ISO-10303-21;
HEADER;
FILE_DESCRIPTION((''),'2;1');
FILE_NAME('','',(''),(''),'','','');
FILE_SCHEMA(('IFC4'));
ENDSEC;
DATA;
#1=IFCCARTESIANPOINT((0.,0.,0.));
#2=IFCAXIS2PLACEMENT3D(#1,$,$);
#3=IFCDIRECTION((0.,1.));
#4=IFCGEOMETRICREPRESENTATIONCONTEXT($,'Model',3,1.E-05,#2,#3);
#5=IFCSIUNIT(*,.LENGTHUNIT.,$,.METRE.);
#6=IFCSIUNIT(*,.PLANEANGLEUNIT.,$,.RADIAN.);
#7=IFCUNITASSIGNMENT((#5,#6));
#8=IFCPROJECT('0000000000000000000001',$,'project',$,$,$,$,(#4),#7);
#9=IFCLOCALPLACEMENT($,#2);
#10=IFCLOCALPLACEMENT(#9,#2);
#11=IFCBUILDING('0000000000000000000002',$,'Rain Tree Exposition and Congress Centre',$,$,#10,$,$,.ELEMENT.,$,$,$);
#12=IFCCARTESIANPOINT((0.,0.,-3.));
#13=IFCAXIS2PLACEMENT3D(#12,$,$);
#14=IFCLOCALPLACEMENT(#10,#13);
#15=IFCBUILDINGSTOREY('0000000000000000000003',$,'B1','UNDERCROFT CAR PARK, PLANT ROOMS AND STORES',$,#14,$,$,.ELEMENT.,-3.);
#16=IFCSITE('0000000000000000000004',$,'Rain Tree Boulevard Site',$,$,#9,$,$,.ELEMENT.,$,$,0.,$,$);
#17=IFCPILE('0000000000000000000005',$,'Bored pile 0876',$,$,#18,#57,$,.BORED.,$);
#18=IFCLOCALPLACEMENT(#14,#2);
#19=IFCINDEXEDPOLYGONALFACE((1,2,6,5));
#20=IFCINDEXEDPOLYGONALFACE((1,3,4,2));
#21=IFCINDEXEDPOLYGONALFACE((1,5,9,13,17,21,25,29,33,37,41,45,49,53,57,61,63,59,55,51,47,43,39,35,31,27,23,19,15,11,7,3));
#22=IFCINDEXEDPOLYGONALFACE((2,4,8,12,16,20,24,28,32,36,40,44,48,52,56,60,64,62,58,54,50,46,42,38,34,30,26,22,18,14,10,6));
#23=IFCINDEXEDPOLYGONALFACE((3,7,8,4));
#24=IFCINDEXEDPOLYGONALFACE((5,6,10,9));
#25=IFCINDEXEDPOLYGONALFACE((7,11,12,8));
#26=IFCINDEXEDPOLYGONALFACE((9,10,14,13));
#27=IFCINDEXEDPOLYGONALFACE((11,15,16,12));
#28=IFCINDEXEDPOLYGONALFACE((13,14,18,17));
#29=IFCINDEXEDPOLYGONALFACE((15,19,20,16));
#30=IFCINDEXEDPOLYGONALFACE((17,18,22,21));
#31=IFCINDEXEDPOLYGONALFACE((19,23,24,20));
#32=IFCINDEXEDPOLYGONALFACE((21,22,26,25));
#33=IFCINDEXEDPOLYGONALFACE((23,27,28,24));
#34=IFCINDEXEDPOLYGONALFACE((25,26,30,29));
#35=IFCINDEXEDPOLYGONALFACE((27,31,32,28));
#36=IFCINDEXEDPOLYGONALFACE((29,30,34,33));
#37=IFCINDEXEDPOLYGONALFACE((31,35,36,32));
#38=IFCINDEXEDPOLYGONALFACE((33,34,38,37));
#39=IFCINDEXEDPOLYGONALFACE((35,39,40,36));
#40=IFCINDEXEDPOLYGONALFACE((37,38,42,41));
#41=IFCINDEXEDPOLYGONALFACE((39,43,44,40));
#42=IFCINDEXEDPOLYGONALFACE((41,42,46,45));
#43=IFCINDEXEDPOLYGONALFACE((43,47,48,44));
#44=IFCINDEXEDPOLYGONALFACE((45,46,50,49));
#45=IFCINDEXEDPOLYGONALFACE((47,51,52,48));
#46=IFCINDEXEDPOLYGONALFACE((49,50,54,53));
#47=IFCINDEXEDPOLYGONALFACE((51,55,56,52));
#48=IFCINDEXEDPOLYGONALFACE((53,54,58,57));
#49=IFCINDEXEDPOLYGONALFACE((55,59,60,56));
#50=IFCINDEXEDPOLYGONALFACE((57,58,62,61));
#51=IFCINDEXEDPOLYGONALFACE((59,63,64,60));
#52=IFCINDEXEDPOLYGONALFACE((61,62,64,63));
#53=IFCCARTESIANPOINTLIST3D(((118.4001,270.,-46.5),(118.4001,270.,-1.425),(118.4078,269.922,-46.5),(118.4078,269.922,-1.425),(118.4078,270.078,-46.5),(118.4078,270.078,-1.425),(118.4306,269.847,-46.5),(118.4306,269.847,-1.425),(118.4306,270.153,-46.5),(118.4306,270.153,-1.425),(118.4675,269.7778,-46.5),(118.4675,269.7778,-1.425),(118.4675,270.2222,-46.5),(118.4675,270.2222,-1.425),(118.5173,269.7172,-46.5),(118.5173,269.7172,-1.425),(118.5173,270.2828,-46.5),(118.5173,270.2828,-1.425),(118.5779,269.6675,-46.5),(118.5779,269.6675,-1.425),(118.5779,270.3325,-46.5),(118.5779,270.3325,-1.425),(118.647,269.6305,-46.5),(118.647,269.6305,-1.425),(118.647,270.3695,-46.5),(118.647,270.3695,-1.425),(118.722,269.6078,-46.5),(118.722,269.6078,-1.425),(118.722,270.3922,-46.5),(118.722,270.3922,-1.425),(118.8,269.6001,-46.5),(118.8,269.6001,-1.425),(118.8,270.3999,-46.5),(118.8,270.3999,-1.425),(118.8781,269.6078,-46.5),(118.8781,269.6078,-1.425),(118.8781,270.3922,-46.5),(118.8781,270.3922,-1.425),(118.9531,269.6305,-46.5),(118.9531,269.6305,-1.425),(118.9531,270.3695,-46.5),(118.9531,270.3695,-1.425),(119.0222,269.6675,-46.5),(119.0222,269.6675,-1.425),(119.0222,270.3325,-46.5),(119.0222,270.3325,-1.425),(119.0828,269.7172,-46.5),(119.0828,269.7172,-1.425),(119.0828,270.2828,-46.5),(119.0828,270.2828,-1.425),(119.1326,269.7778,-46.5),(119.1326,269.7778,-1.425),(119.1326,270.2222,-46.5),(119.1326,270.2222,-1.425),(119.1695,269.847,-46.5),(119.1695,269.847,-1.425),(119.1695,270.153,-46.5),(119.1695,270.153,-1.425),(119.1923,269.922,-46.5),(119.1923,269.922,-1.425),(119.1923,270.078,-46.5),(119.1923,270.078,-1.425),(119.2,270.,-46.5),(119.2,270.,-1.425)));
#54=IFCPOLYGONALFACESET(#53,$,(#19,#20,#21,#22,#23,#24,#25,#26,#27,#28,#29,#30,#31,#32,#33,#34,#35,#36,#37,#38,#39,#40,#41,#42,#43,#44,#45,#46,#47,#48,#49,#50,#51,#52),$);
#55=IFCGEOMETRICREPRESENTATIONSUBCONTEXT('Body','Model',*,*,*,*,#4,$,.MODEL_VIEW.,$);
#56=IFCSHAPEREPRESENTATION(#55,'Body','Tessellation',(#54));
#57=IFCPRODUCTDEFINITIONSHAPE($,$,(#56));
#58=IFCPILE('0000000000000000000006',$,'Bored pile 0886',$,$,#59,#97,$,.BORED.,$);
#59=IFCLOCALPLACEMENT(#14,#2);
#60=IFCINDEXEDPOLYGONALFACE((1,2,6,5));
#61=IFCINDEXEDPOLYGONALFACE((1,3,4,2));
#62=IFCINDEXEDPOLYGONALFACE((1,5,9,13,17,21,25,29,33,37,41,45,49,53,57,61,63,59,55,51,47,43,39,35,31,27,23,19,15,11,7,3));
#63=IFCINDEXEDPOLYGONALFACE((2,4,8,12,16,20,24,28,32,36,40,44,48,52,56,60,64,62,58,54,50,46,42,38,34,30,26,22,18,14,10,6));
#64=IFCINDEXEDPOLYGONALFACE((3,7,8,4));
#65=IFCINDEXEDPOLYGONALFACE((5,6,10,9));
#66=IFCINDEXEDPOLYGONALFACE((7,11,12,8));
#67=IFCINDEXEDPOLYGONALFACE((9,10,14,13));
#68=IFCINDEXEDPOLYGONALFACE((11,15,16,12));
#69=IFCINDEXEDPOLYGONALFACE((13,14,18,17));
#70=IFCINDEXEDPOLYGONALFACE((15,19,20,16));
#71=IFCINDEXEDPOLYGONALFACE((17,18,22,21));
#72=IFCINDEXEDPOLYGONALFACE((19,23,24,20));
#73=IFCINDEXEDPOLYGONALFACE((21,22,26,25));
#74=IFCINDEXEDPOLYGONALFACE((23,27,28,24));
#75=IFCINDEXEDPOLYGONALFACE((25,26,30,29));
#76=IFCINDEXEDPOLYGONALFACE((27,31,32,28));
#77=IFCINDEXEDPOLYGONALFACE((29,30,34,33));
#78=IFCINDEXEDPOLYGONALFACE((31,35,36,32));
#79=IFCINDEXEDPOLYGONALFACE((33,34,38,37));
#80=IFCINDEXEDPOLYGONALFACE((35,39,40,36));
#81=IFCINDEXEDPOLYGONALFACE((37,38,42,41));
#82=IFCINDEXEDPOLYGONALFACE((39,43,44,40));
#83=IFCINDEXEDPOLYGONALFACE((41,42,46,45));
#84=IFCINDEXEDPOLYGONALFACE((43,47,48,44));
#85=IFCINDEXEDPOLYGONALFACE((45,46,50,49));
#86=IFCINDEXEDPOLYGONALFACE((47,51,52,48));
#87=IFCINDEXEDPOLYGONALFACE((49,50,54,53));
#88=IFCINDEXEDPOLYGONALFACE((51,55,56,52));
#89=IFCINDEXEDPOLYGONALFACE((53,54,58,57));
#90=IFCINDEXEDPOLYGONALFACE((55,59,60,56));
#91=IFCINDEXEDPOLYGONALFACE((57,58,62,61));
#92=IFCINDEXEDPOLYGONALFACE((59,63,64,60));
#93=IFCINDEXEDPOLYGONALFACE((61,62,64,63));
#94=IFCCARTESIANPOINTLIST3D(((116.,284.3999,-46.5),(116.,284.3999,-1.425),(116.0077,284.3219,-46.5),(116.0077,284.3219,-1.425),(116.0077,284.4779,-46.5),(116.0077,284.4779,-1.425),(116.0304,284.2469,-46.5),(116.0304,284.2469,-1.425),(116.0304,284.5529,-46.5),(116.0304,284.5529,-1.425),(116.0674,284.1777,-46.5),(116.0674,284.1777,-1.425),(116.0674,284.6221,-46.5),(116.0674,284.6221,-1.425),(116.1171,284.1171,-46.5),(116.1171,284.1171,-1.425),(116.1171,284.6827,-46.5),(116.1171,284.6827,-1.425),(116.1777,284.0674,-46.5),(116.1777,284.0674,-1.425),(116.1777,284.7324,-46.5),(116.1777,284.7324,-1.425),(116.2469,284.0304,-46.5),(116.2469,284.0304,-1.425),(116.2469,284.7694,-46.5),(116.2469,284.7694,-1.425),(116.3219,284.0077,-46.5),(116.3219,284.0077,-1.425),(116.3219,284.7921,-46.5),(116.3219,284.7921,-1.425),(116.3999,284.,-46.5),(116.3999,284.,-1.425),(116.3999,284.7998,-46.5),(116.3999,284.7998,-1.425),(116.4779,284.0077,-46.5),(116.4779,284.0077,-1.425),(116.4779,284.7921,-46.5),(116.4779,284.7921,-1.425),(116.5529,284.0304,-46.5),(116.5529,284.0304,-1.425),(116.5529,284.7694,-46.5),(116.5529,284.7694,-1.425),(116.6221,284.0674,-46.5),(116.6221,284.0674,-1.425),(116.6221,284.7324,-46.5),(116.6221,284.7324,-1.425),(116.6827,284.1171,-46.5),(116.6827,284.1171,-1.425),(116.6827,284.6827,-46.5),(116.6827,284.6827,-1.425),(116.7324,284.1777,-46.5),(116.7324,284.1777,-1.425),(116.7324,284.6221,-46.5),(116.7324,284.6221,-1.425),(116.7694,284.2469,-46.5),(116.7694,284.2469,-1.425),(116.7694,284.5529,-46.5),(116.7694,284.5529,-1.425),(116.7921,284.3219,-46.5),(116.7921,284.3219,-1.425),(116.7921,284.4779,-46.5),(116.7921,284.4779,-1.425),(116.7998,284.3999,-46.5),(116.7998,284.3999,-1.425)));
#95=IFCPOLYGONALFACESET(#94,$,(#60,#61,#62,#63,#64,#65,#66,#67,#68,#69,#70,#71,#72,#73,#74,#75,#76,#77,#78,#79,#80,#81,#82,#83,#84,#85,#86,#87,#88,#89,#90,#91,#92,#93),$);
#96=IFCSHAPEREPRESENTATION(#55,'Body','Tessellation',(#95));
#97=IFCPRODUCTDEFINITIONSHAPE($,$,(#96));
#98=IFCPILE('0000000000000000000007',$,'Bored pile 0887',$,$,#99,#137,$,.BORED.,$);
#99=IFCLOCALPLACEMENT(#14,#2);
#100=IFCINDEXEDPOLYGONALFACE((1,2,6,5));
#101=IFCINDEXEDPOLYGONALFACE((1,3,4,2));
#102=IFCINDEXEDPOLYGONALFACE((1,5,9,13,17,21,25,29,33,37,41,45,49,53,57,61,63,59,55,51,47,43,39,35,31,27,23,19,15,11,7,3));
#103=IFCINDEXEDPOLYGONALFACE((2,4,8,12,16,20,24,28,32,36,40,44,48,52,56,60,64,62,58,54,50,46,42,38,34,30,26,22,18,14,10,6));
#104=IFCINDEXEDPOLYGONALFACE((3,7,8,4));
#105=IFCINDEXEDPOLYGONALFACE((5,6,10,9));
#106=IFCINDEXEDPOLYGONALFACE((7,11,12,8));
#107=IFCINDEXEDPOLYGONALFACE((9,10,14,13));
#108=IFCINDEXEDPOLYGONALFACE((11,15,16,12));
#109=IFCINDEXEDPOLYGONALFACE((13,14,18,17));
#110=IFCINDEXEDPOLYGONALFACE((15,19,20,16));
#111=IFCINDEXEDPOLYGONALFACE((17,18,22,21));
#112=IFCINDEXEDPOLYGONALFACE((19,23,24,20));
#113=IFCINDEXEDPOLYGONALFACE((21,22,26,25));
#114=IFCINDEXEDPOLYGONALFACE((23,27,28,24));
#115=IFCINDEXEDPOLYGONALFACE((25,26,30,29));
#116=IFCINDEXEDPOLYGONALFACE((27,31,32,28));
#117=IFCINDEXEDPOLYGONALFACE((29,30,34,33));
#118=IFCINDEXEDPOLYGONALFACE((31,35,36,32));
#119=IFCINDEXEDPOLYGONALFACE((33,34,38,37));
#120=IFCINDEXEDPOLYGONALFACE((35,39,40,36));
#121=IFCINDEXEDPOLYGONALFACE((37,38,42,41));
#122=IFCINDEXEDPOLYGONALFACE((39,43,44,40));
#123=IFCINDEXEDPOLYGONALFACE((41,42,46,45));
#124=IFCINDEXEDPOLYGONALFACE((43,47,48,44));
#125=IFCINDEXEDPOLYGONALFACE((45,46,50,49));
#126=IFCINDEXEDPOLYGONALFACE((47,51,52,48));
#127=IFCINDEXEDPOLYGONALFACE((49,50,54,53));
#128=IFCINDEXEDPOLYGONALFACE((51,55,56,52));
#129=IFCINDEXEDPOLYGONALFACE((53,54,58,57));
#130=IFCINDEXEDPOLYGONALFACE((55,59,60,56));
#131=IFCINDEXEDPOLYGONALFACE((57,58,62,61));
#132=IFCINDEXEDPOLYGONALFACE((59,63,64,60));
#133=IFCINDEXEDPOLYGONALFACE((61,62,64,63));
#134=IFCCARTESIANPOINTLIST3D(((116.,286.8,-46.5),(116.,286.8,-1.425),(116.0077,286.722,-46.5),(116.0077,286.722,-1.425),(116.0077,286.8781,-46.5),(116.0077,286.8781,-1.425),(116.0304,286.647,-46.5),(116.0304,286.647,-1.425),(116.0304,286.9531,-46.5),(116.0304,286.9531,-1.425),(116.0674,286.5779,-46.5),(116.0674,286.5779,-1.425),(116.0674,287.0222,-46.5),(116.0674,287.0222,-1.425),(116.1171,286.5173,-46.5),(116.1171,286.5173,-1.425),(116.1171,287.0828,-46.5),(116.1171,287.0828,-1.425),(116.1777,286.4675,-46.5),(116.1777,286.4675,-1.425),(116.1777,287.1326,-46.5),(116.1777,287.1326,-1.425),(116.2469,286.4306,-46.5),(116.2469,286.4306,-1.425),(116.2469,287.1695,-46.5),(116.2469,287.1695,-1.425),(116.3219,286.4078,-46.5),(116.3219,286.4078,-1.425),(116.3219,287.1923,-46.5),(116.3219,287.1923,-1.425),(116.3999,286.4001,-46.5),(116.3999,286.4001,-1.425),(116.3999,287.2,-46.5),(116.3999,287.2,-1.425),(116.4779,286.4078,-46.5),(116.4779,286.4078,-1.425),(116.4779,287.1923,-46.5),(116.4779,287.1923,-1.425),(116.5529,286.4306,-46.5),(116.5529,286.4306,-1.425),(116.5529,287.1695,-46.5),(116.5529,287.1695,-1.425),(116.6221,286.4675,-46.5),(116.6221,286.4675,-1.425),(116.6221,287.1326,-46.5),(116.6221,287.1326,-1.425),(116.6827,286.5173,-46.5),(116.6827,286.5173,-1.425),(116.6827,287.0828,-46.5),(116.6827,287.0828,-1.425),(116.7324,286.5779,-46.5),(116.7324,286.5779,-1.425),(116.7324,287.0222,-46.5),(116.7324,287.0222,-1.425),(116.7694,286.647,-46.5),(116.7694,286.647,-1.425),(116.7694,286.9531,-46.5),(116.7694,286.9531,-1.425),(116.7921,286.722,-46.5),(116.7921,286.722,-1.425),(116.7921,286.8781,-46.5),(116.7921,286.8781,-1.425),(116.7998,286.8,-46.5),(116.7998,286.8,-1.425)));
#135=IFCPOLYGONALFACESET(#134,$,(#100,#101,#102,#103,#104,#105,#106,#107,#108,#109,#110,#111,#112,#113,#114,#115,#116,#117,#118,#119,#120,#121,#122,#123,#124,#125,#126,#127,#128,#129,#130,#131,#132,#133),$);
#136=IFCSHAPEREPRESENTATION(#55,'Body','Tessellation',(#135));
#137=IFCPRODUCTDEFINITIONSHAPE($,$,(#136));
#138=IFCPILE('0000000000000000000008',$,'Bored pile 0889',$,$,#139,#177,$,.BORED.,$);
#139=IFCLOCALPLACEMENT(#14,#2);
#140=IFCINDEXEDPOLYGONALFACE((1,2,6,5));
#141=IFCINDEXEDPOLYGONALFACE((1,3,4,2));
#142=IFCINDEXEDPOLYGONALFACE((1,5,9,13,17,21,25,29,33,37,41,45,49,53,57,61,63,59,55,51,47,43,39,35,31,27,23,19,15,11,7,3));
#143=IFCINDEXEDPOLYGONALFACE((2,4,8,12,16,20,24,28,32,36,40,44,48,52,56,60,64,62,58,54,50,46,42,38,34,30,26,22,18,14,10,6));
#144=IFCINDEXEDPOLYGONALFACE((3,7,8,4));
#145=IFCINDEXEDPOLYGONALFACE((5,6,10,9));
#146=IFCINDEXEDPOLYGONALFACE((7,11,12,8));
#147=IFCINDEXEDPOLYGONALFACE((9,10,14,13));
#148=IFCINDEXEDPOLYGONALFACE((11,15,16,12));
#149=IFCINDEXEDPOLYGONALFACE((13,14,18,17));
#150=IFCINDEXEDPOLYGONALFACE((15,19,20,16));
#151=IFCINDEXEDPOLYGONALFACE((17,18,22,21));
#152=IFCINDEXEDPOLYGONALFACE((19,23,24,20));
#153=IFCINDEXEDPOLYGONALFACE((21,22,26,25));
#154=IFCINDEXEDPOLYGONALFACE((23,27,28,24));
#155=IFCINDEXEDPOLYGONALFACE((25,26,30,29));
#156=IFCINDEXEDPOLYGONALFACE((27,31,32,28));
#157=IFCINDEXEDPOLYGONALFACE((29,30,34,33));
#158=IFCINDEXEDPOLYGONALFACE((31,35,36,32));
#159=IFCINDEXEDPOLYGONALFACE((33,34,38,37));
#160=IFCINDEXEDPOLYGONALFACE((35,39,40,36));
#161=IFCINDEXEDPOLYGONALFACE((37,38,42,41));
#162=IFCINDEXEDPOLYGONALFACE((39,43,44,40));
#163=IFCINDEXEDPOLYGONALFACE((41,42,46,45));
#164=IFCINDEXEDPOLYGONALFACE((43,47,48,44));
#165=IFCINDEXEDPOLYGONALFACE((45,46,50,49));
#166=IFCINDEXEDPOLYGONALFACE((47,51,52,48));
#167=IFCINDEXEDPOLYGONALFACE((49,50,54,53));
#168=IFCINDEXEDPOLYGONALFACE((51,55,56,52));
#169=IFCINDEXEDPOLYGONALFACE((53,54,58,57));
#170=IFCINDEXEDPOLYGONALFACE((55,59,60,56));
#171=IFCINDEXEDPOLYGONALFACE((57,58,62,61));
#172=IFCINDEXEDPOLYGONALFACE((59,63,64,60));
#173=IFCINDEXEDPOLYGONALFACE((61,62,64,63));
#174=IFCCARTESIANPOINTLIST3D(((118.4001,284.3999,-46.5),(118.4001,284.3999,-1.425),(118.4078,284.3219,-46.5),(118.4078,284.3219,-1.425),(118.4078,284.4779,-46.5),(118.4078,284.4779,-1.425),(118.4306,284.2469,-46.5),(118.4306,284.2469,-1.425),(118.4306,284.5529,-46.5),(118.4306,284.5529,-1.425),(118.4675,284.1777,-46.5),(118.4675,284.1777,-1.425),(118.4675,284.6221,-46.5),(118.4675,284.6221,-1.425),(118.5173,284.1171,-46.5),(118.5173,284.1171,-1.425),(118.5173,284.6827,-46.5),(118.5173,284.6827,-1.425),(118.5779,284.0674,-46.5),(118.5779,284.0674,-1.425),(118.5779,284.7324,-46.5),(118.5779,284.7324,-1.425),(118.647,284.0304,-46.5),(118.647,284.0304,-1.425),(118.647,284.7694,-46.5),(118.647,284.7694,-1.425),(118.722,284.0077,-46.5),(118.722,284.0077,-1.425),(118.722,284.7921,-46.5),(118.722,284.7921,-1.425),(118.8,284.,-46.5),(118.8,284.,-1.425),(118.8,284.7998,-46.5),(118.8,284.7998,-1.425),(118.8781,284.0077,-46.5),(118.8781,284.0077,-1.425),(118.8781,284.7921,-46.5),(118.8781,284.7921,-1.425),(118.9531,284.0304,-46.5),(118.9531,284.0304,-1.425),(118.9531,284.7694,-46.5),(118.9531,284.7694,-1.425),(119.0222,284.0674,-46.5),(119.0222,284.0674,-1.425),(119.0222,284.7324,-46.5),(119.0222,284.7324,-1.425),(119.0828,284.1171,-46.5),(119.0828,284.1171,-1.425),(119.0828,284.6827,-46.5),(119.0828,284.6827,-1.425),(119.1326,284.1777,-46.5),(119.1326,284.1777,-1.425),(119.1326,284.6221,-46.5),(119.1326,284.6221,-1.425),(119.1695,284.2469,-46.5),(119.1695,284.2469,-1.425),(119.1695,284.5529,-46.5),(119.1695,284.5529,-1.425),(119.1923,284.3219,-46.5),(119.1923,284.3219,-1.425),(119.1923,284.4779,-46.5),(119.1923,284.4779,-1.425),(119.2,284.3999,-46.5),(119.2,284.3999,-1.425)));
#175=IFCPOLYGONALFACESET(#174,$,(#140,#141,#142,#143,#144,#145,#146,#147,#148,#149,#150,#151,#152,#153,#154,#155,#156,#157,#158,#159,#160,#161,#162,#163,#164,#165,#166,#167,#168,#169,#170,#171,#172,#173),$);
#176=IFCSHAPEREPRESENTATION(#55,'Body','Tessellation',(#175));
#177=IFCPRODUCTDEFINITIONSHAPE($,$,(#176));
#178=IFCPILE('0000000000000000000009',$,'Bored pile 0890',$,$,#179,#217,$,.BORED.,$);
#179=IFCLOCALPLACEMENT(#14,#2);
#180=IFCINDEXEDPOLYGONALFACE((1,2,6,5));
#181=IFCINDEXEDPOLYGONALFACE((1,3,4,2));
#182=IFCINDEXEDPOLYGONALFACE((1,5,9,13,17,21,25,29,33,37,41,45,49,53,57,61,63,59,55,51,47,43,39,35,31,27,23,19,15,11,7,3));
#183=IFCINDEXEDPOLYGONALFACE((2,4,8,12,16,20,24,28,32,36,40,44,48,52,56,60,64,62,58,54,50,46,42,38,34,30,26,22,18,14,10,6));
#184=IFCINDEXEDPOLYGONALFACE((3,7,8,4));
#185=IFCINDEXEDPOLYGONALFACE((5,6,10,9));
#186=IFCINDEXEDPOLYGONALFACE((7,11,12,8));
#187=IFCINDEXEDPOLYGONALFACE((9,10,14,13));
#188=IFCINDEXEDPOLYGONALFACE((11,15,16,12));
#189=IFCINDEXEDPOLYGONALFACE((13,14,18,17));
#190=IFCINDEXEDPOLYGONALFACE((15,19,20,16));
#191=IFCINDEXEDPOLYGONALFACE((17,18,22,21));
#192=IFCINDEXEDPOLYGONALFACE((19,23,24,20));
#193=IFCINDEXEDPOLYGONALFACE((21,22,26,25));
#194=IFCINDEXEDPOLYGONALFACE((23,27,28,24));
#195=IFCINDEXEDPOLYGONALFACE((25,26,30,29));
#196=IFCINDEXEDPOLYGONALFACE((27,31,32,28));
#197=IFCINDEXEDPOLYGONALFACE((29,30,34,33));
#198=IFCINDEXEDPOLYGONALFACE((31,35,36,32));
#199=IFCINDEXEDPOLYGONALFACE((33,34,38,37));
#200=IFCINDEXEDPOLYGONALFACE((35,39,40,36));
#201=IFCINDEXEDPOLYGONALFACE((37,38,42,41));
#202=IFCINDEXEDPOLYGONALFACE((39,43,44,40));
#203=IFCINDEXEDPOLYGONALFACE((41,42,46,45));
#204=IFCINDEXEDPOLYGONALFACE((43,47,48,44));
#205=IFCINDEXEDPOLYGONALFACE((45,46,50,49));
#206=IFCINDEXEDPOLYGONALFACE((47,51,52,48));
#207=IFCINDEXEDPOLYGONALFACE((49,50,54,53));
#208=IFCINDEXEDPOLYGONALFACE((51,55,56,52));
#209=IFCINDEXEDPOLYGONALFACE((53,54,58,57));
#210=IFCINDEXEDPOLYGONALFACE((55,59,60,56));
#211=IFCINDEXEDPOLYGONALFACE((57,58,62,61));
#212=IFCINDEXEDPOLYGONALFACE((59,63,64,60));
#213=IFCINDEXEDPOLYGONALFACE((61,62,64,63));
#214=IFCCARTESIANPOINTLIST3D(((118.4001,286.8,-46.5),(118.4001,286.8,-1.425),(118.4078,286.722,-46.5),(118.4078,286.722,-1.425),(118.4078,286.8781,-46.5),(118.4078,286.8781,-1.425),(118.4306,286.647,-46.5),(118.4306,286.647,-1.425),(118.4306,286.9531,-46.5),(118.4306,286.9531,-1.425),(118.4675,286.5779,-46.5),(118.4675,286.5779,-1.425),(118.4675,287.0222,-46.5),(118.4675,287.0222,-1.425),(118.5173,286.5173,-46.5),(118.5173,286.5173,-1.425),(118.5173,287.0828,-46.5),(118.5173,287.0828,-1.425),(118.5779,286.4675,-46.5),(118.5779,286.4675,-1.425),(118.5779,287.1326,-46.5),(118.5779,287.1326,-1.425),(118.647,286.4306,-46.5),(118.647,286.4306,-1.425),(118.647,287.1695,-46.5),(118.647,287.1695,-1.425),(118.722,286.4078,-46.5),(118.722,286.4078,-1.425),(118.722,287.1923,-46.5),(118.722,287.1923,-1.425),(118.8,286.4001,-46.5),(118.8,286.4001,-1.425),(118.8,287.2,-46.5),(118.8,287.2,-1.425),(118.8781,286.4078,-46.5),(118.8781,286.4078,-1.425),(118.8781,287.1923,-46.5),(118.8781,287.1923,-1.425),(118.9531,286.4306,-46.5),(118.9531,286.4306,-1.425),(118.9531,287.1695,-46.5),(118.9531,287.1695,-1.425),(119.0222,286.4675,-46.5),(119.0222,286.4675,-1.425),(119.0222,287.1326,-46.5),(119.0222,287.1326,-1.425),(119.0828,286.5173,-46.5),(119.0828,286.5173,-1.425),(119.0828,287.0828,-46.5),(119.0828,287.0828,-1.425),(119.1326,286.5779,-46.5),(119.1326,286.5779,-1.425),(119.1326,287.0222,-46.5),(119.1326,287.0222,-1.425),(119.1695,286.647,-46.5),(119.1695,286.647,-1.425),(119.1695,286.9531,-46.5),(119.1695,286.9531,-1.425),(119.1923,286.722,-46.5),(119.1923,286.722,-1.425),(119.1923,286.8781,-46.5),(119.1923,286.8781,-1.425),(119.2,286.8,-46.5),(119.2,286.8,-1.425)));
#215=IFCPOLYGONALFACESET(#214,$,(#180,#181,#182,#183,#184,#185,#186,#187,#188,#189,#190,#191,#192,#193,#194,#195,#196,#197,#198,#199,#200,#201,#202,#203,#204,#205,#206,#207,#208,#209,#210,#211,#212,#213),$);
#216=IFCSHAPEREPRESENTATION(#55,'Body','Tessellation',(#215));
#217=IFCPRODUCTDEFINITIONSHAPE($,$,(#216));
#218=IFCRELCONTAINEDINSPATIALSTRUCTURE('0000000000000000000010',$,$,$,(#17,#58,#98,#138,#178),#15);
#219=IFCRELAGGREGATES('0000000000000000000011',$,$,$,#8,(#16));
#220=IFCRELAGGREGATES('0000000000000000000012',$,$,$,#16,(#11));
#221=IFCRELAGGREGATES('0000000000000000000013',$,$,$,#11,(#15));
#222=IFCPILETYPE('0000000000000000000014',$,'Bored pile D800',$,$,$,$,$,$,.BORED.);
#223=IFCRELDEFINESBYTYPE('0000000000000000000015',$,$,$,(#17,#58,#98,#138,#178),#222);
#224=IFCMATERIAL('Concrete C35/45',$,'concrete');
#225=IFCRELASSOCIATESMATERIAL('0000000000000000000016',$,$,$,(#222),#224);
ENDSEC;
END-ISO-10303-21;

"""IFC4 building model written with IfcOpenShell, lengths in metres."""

from ifc_helpers import new_model, si_unit, direction, frame, origin, origin_2d, place, context, subcontext, project, spatial, circle, extrude, material, material_profile, profile_set, type_object, element, save


model = new_model("IFC4")

# Units and contexts
model_context = context("Model", 3, precision=1e-05, world=origin(), true_north=direction((0.0, 1.0)))
body_context = subcontext(model_context, "Body", "Model", "MODEL_VIEW")
ifc_project = project(units=[si_unit("LENGTHUNIT", "METRE"), si_unit("PLANEANGLEUNIT", "RADIAN")], contexts=[model_context])

# Site, building, storey
site_placement = place(None, origin())
site = spatial("IfcSite", under=ifc_project, at=site_placement, Name="Rain Tree Boulevard Site", CompositionType="ELEMENT", RefElevation=0.0)
building_placement = place(site_placement, origin())
building = spatial("IfcBuilding", under=site, at=building_placement, Name="Rain Tree Exposition and Congress Centre", CompositionType="ELEMENT")
storey_placement = place(building_placement, frame((0.0, 0.0, -3.0)))
storey = spatial("IfcBuildingStorey", under=building, at=storey_placement, Name="B1", Description="UNDERCROFT CAR PARK, PLANT ROOMS AND STORES", CompositionType="ELEMENT", Elevation=-3.0)

# Piles
ifc_material_1 = material(Name="Concrete C35/45", Category="concrete")
ifc_material_profile_1 = material_profile(ifc_material_1, circle(Radius=0.3999, at=origin_2d()), Name="D800")
ifc_profile_set_1 = profile_set([ifc_material_profile_1], Name="Concrete C35/45")
pile_type_1 = type_object("IfcPileType", Name="Bored pile D800", PredefinedType="BORED", material=ifc_profile_set_1)
for number, where, z_axis, x_axis, name in (
    (1, (118.8, 270.0, -1.425), (0.0, 0.0, -1.0), (1.0, 0.0, 0.0), "Bored pile 0876"),
    (2, (116.3999, 284.3999, -1.425), (0.0, 0.0, -1.0), (1.0, 0.0, 0.0), "Bored pile 0886"),
    (3, (116.3999, 286.8, -1.425), (0.0, 0.0, -1.0), (1.0, 0.0, 0.0), "Bored pile 0887"),
    (4, (118.8, 284.3999, -1.425), (0.0, 0.0, -1.0), (1.0, 0.0, 0.0), "Bored pile 0889"),
    (5, (118.8, 286.8, -1.425), (0.0, 0.0, -1.0), (1.0, 0.0, 0.0), "Bored pile 0890"),
):
    element("IfcPile", number, at=place(storey_placement, frame(where, z_axis=z_axis, x_axis=x_axis)), inside=storey, type_object=pile_type_1, Name=name, PredefinedType="BORED", context=body_context, shape_type="SweptSolid", body=[
        extrude(circle(Radius=0.3999, at=origin_2d()), origin(), (0.0, 0.0, 1.0), 45.075),
    ])

save(model, "model.ifc")
